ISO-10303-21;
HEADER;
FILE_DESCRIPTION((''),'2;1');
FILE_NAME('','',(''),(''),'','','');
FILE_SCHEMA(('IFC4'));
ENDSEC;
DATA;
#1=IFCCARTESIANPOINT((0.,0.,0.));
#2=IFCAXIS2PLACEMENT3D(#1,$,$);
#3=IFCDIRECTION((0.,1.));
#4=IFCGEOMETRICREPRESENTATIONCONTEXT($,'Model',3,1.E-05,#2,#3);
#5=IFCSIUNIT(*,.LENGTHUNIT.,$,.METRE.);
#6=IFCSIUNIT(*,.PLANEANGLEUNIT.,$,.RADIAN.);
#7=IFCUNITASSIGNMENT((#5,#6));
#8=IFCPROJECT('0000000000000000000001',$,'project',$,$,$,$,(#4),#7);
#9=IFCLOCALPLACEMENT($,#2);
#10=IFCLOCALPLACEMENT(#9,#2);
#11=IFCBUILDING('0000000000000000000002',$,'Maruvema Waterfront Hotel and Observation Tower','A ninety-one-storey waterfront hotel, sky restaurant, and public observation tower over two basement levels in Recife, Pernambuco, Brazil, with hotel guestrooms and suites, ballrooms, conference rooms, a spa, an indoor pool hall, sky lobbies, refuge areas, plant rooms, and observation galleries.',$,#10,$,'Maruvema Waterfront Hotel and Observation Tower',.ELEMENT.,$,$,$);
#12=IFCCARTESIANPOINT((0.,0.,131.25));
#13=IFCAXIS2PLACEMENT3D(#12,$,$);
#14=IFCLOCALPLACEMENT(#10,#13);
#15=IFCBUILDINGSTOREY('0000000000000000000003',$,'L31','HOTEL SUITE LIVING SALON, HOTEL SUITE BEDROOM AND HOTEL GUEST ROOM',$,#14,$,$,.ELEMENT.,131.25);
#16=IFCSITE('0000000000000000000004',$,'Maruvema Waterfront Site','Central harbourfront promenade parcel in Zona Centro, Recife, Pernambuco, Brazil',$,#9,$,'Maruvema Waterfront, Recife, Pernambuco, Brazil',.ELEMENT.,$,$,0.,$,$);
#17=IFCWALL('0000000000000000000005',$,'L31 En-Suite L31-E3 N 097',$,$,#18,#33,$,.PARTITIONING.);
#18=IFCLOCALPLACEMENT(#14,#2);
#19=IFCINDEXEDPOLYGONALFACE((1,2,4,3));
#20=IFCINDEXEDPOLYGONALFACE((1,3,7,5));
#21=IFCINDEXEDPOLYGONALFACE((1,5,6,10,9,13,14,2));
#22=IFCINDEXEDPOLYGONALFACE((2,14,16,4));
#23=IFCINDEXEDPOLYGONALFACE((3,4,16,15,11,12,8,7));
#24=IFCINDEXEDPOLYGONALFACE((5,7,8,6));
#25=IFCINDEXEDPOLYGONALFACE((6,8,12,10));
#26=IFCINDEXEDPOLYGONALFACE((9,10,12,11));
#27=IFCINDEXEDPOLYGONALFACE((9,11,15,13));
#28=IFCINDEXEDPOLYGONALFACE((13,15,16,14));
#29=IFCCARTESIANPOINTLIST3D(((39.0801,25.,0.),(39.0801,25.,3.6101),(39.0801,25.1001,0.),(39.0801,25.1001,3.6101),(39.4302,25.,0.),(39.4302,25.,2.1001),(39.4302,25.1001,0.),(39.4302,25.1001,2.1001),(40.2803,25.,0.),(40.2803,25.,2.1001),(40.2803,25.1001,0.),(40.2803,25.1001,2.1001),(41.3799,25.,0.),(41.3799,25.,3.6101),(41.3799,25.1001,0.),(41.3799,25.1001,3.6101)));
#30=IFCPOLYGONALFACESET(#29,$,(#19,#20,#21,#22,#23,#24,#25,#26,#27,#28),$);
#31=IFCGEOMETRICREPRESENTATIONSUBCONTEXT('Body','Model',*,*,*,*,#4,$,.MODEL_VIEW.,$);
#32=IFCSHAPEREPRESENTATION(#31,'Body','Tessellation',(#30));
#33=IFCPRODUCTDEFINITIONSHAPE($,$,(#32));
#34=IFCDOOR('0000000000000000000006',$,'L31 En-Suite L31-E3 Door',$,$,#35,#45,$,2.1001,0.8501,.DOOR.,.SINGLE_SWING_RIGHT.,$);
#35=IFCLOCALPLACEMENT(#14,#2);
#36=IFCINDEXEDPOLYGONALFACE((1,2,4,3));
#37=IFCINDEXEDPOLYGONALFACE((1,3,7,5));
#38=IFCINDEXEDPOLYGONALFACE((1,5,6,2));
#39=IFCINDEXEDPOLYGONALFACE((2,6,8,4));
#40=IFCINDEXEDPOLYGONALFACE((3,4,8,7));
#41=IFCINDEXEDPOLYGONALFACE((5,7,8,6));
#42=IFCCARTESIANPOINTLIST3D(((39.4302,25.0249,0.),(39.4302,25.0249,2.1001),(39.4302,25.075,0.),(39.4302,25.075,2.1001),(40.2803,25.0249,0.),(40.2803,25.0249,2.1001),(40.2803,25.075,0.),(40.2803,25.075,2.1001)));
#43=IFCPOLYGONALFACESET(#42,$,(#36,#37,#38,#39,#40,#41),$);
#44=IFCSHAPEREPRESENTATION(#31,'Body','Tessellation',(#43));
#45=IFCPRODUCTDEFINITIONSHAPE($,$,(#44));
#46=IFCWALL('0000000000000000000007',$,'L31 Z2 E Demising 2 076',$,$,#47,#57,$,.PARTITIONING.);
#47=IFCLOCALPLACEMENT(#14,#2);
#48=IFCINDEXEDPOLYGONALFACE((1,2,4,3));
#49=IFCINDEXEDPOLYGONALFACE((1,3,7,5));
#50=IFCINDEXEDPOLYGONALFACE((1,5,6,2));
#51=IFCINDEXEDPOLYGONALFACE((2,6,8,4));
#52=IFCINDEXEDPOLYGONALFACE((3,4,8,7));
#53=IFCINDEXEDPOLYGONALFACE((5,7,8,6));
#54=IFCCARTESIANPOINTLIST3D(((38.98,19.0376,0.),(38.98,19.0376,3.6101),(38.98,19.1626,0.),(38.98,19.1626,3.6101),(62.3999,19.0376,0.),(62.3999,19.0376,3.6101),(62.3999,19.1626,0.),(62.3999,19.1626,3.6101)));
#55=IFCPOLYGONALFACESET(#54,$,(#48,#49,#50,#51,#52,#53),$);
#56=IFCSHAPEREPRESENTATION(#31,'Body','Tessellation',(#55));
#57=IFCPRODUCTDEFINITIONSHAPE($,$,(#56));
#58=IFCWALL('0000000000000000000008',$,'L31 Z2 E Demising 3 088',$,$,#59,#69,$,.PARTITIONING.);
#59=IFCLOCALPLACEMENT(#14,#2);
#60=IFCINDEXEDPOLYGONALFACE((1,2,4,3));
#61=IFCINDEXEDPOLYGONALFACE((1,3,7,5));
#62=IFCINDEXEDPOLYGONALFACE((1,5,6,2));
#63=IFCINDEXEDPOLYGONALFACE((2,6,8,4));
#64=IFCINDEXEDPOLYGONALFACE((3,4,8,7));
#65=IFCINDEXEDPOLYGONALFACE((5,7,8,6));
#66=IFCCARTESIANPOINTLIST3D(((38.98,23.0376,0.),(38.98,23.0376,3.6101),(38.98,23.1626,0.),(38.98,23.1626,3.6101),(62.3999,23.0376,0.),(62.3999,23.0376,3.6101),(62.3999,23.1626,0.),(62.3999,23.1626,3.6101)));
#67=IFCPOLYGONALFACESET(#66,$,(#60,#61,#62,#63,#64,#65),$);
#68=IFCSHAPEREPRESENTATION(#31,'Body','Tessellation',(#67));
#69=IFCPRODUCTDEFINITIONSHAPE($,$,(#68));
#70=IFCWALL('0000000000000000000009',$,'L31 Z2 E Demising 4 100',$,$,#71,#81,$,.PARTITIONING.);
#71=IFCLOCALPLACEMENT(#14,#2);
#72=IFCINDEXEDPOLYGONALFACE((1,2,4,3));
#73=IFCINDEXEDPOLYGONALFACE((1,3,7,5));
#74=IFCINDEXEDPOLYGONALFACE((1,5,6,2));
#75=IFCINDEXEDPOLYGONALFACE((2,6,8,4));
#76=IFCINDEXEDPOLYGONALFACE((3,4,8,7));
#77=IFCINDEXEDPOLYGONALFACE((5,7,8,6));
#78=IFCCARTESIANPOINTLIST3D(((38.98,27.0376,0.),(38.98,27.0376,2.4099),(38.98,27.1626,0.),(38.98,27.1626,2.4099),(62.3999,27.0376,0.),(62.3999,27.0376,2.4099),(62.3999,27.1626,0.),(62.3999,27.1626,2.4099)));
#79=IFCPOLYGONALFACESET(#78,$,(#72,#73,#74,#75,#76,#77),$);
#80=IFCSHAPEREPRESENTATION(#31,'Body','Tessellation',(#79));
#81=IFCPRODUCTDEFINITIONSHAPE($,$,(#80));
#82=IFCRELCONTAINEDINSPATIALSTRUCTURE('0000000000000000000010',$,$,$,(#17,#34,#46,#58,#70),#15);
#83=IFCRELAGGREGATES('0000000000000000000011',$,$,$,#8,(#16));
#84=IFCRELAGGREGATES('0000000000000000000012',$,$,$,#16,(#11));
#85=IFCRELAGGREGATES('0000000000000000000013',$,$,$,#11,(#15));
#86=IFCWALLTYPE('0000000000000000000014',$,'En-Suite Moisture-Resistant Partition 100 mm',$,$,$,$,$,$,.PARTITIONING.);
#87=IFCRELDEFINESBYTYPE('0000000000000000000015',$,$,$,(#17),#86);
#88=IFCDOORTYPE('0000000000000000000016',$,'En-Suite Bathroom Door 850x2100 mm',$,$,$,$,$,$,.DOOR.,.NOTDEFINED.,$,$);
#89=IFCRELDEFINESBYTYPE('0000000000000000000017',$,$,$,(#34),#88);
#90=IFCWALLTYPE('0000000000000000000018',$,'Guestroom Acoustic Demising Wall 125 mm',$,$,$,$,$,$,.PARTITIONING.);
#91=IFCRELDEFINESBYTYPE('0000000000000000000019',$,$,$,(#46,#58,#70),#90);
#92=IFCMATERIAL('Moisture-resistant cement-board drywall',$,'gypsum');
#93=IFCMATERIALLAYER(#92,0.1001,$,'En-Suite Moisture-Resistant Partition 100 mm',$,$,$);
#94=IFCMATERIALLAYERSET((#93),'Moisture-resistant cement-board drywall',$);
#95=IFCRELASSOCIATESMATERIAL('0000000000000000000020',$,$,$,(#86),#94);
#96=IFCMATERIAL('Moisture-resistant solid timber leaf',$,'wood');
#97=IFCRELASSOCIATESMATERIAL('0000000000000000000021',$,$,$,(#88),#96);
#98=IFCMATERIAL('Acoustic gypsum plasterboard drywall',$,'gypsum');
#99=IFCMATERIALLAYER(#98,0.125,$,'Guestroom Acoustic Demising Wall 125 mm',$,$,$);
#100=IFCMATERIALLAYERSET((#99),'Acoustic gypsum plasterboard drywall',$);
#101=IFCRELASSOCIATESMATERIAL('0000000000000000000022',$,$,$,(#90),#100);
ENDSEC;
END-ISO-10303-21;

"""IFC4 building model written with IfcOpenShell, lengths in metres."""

from ifc_helpers import new_model, si_unit, direction, frame, frame_2d, origin, place, context, subcontext, project, spatial, rectangle, extrude, material, layer, layer_set, type_object, element, fill, save


model = new_model("IFC4")

# Units and contexts
model_context = context("Model", 3, precision=1e-05, world=origin(), true_north=direction((0.0, 1.0)))
body_context = subcontext(model_context, "Body", "Model", "MODEL_VIEW")
ifc_project = project(units=[si_unit("LENGTHUNIT", "METRE"), si_unit("PLANEANGLEUNIT", "RADIAN")], contexts=[model_context])

# Site, building, storey
site_placement = place(None, origin())
site = spatial("IfcSite", under=ifc_project, at=site_placement, Name="Maruvema Waterfront Site", Description="Central harbourfront promenade parcel in Zona Centro, Recife, Pernambuco, Brazil", LongName="Maruvema Waterfront, Recife, Pernambuco, Brazil", CompositionType="ELEMENT", RefElevation=0.0)
building_placement = place(site_placement, origin())
building = spatial("IfcBuilding", under=site, at=building_placement, Name="Maruvema Waterfront Hotel and Observation Tower", Description="A ninety-one-storey waterfront hotel, sky restaurant, and public observation tower over two basement levels in Recife, Pernambuco, Brazil, with hotel guestrooms and suites, ballrooms, conference rooms, a spa, an indoor pool hall, sky lobbies, refuge areas, plant rooms, and observation galleries.", LongName="Maruvema Waterfront Hotel and Observation Tower", CompositionType="ELEMENT")
storey_placement = place(building_placement, frame((0.0, 0.0, 131.25)))
storey = spatial("IfcBuildingStorey", under=building, at=storey_placement, Name="L31", Description="HOTEL SUITE LIVING SALON, HOTEL SUITE BEDROOM AND HOTEL GUEST ROOM", CompositionType="ELEMENT", Elevation=131.25)

# Shared definitions
ifc_material_1 = material(Name="Moisture-resistant cement-board drywall", Category="gypsum")
ifc_layer_1 = layer(ifc_material_1, 0.1001, Name="En-Suite Moisture-Resistant Partition 100 mm")
ifc_layer_set_1 = layer_set([ifc_layer_1], Name="Moisture-resistant cement-board drywall")
wall_type_1 = type_object("IfcWallType", Name="En-Suite Moisture-Resistant Partition 100 mm", PredefinedType="PARTITIONING", material=ifc_layer_set_1)

# Shared definitions
ifc_material_2 = material(Name="Moisture-resistant solid timber leaf", Category="wood")
door_type_1 = type_object("IfcDoorType", Name="En-Suite Bathroom Door 850x2100 mm", OperationType="NOTDEFINED", PredefinedType="DOOR", material=ifc_material_2)

# Wall, opening, door
wall_1_placement = place(storey_placement, frame((39.0801, 25.05, 0.0), z_axis=(0.0, 0.0, 1.0), x_axis=(1.0, 0.0, 0.0)))
wall_1 = element("IfcWall", 1, at=wall_1_placement, inside=storey, type_object=wall_type_1, Name="L31 En-Suite L31-E3 N 097", PredefinedType="PARTITIONING", context=body_context, shape_type="SweptSolid", body=[
    extrude(rectangle(XDim=2.2998, YDim=0.1001, at=frame_2d((1.1499, 0.0))), origin(), (0.0, 0.0, 1.0), 3.6101),
])
opening_1_placement = place(wall_1_placement, frame((0.3501, 0.0, 0.0)))
opening_1 = element("IfcOpeningElement", 2, at=opening_1_placement, cuts=wall_1, PredefinedType="OPENING", context=body_context, shape_type="SweptSolid", body=[
    extrude(rectangle(XDim=0.8501, YDim=2.1001, at=frame_2d((0.425, 1.05))), frame((0.0, 0.0601, 0.0), z_axis=(0.0, -1.0, 0.0), x_axis=(1.0, 0.0, 0.0)), (0.0, 0.0, 1.0), 0.1201),
])
door_1_placement = place(opening_1_placement, origin())
door_1 = element("IfcDoor", 3, at=door_1_placement, inside=storey, type_object=door_type_1, Name="L31 En-Suite L31-E3 Door", OperationType="SINGLE_SWING_RIGHT", OverallHeight=2.1001, OverallWidth=0.8501, PredefinedType="DOOR", context=body_context, shape_type="SweptSolid", body=[
    extrude(rectangle(XDim=0.8501, YDim=2.1001, at=frame_2d((0.425, 1.05))), frame((0.0, 0.0249, 0.0), z_axis=(0.0, -1.0, 0.0), x_axis=(1.0, 0.0, 0.0)), (0.0, 0.0, 1.0), 0.05),
])
fill(opening_1, door_1)

# Walls
ifc_material_3 = material(Name="Acoustic gypsum plasterboard drywall", Category="gypsum")
ifc_layer_2 = layer(ifc_material_3, 0.125, Name="Guestroom Acoustic Demising Wall 125 mm")
ifc_layer_set_2 = layer_set([ifc_layer_2], Name="Acoustic gypsum plasterboard drywall")
wall_type_2 = type_object("IfcWallType", Name="Guestroom Acoustic Demising Wall 125 mm", PredefinedType="PARTITIONING", material=ifc_layer_set_2)
for number, where, z_axis, x_axis, name in (
    (4, (38.98, 19.1001, 0.0), (0.0, 0.0, 1.0), (1.0, 0.0, 0.0), "L31 Z2 E Demising 2 076"),
    (5, (38.98, 23.1001, 0.0), (0.0, 0.0, 1.0), (1.0, 0.0, 0.0), "L31 Z2 E Demising 3 088"),
):
    element("IfcWall", number, at=place(storey_placement, frame(where, z_axis=z_axis, x_axis=x_axis)), inside=storey, type_object=wall_type_2, Name=name, PredefinedType="PARTITIONING", context=body_context, shape_type="SweptSolid", body=[
        extrude(rectangle(XDim=23.4199, YDim=0.125, at=frame_2d((11.71, 0.0))), origin(), (0.0, 0.0, 1.0), 3.6101),
    ])
wall_2_placement = place(storey_placement, frame((38.98, 27.1001, 0.0), z_axis=(0.0, 0.0, 1.0), x_axis=(1.0, 0.0, 0.0)))
element("IfcWall", 6, at=wall_2_placement, inside=storey, type_object=wall_type_2, Name="L31 Z2 E Demising 4 100", PredefinedType="PARTITIONING", context=body_context, shape_type="SweptSolid", body=[
    extrude(rectangle(XDim=23.4199, YDim=0.125, at=frame_2d((11.71, 0.0))), origin(), (0.0, 0.0, 1.0), 2.4099),
])

save(model, "model.ifc")
